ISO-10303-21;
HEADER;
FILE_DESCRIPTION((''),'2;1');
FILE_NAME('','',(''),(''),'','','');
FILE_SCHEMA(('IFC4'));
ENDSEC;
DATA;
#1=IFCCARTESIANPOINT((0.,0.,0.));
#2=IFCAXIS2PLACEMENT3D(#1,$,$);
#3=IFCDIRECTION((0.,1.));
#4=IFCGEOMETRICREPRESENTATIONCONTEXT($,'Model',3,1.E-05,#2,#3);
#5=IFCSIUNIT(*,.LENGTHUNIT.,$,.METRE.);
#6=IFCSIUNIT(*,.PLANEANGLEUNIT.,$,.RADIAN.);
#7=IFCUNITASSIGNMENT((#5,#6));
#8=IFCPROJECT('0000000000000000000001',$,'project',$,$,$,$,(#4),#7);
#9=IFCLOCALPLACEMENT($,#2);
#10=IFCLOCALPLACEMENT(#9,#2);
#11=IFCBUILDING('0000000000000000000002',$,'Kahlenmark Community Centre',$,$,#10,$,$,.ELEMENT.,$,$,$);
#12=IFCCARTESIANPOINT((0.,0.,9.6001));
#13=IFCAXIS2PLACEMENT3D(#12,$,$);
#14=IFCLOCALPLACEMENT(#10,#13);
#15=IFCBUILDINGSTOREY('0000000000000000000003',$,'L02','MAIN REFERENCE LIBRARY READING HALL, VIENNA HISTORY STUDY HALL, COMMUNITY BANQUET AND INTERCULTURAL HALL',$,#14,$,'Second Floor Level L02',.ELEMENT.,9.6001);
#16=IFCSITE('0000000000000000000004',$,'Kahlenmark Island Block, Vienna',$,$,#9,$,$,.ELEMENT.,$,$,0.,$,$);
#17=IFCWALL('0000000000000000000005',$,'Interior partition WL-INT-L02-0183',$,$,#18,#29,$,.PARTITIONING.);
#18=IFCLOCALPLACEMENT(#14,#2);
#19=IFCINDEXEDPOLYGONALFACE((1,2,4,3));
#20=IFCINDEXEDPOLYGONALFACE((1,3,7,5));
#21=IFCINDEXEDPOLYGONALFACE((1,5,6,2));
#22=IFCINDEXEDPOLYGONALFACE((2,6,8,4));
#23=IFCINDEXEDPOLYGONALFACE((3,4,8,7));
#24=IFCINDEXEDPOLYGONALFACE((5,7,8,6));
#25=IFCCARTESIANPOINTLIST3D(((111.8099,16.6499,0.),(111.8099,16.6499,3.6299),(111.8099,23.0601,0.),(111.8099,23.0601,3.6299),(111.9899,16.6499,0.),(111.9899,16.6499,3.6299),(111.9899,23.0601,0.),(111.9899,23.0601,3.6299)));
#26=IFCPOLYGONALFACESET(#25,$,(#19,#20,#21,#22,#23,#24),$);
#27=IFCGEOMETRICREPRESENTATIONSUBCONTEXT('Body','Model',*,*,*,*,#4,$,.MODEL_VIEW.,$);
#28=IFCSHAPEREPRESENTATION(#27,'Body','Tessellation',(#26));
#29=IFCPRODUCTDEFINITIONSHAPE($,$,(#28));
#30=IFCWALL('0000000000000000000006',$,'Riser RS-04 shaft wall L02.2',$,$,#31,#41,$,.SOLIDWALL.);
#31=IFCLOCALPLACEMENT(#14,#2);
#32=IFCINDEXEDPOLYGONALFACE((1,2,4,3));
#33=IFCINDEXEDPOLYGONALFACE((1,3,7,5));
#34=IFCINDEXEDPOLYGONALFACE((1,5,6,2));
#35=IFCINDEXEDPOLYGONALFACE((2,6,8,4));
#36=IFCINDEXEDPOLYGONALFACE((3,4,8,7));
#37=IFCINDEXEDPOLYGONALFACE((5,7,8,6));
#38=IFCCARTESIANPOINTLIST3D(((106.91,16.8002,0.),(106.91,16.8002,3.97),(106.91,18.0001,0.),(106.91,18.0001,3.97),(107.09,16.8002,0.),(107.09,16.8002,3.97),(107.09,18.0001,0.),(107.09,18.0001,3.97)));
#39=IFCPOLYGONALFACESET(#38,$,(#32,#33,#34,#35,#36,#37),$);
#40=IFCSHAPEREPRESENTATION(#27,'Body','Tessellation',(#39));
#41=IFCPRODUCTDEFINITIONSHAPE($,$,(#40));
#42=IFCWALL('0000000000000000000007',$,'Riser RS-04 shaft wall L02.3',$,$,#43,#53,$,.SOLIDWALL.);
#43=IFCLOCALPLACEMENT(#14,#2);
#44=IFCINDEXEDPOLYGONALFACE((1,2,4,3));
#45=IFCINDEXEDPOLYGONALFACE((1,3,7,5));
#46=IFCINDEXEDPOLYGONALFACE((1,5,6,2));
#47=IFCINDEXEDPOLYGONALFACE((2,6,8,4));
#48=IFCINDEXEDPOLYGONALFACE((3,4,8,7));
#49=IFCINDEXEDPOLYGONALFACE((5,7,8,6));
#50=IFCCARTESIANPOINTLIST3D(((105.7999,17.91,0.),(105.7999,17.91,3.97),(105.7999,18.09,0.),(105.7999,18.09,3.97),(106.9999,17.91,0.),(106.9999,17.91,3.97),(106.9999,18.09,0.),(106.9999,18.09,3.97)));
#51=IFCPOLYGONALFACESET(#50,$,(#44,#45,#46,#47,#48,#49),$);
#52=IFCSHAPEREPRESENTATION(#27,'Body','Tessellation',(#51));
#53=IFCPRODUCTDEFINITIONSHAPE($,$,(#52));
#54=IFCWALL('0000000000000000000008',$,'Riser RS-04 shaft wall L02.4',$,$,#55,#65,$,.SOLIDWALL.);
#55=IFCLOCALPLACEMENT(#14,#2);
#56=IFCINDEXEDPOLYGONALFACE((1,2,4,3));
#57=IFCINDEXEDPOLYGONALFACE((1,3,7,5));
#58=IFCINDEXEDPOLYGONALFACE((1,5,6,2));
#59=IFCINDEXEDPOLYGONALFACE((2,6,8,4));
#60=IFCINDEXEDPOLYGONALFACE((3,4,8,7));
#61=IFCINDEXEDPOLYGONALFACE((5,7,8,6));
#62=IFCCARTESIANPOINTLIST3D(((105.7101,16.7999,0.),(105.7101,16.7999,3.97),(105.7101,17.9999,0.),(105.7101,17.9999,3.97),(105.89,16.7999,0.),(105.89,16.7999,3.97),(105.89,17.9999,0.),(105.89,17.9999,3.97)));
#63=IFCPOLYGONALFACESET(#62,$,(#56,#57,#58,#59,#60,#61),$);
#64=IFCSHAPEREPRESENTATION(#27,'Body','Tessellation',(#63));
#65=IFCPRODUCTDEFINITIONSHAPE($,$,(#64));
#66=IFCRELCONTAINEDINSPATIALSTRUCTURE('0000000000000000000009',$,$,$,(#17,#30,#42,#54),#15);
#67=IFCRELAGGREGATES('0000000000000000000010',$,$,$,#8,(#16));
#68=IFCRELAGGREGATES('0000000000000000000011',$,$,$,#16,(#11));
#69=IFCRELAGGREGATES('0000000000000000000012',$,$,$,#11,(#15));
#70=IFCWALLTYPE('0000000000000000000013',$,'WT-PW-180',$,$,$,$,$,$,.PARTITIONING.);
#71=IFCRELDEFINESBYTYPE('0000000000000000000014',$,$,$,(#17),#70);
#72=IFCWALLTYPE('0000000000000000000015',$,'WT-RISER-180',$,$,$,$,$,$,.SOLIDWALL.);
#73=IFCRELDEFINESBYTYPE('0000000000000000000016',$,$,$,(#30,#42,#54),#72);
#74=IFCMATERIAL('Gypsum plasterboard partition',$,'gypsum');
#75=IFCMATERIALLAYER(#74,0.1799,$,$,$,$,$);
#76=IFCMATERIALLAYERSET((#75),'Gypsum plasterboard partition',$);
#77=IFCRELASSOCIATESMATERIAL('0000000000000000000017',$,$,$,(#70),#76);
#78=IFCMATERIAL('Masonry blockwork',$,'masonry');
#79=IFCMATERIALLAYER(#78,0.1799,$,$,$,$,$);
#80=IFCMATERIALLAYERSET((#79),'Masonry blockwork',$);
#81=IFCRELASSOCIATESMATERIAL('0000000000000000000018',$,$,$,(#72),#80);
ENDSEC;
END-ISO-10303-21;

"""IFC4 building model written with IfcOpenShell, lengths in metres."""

from ifc_helpers import new_model, si_unit, direction, frame, frame_2d, origin, place, context, subcontext, project, spatial, rectangle, extrude, material, layer, layer_set, type_object, element, save


model = new_model("IFC4")

# Units and contexts
model_context = context("Model", 3, precision=1e-05, world=origin(), true_north=direction((0.0, 1.0)))
body_context = subcontext(model_context, "Body", "Model", "MODEL_VIEW")
ifc_project = project(units=[si_unit("LENGTHUNIT", "METRE"), si_unit("PLANEANGLEUNIT", "RADIAN")], contexts=[model_context])

# Site, building, storey
site_placement = place(None, origin())
site = spatial("IfcSite", under=ifc_project, at=site_placement, Name="Kahlenmark Island Block, Vienna", CompositionType="ELEMENT", RefElevation=0.0)
building_placement = place(site_placement, origin())
building = spatial("IfcBuilding", under=site, at=building_placement, Name="Kahlenmark Community Centre", CompositionType="ELEMENT")
storey_placement = place(building_placement, frame((0.0, 0.0, 9.6001)))
storey = spatial("IfcBuildingStorey", under=building, at=storey_placement, Name="L02", Description="MAIN REFERENCE LIBRARY READING HALL, VIENNA HISTORY STUDY HALL, COMMUNITY BANQUET AND INTERCULTURAL HALL", LongName="Second Floor Level L02", CompositionType="ELEMENT", Elevation=9.6001)

# Shared definitions
ifc_material_1 = material(Name="Gypsum plasterboard partition", Category="gypsum")
ifc_layer_1 = layer(ifc_material_1, 0.1799)
ifc_layer_set_1 = layer_set([ifc_layer_1], Name="Gypsum plasterboard partition")
wall_type_1 = type_object("IfcWallType", Name="WT-PW-180", PredefinedType="PARTITIONING", material=ifc_layer_set_1)

# Wall
wall_1_placement = place(storey_placement, frame((111.8999, 16.6499, 0.0), z_axis=(0.0, 0.0, 1.0), x_axis=(0.0, 1.0, 0.0)))
element("IfcWall", 1, at=wall_1_placement, inside=storey, type_object=wall_type_1, Name="Interior partition WL-INT-L02-0183", PredefinedType="PARTITIONING", context=body_context, shape_type="SweptSolid", body=[
    extrude(rectangle(XDim=6.4102, YDim=0.1799, at=frame_2d((3.2051, 0.0))), origin(), (0.0, 0.0, 1.0), 3.6299),
])

# Shared definitions
ifc_material_2 = material(Name="Masonry blockwork", Category="masonry")
ifc_layer_2 = layer(ifc_material_2, 0.1799)
ifc_layer_set_2 = layer_set([ifc_layer_2], Name="Masonry blockwork")
wall_type_2 = type_object("IfcWallType", Name="WT-RISER-180", PredefinedType="SOLIDWALL", material=ifc_layer_set_2)

# Walls
for number, where, z_axis, x_axis, name in (
    (2, (107.0, 16.8, 0.0), (0.0, 0.0, 1.0), (0.0, 1.0, 0.0), "Riser RS-04 shaft wall L02.2"),
    (3, (107.0, 18.0, 0.0), (0.0, 0.0, 1.0), (-1.0, 0.0, 0.0), "Riser RS-04 shaft wall L02.3"),
    (4, (105.8, 18.0, 0.0), (0.0, 0.0, 1.0), (0.0, -1.0, 0.0), "Riser RS-04 shaft wall L02.4"),
):
    element("IfcWall", number, at=place(storey_placement, frame(where, z_axis=z_axis, x_axis=x_axis)), inside=storey, type_object=wall_type_2, Name=name, PredefinedType="SOLIDWALL", context=body_context, shape_type="SweptSolid", body=[
        extrude(rectangle(XDim=1.2, YDim=0.1799, at=frame_2d((0.6001, 0.0))), origin(), (0.0, 0.0, 1.0), 3.97),
    ])

save(model, "model.ifc")
